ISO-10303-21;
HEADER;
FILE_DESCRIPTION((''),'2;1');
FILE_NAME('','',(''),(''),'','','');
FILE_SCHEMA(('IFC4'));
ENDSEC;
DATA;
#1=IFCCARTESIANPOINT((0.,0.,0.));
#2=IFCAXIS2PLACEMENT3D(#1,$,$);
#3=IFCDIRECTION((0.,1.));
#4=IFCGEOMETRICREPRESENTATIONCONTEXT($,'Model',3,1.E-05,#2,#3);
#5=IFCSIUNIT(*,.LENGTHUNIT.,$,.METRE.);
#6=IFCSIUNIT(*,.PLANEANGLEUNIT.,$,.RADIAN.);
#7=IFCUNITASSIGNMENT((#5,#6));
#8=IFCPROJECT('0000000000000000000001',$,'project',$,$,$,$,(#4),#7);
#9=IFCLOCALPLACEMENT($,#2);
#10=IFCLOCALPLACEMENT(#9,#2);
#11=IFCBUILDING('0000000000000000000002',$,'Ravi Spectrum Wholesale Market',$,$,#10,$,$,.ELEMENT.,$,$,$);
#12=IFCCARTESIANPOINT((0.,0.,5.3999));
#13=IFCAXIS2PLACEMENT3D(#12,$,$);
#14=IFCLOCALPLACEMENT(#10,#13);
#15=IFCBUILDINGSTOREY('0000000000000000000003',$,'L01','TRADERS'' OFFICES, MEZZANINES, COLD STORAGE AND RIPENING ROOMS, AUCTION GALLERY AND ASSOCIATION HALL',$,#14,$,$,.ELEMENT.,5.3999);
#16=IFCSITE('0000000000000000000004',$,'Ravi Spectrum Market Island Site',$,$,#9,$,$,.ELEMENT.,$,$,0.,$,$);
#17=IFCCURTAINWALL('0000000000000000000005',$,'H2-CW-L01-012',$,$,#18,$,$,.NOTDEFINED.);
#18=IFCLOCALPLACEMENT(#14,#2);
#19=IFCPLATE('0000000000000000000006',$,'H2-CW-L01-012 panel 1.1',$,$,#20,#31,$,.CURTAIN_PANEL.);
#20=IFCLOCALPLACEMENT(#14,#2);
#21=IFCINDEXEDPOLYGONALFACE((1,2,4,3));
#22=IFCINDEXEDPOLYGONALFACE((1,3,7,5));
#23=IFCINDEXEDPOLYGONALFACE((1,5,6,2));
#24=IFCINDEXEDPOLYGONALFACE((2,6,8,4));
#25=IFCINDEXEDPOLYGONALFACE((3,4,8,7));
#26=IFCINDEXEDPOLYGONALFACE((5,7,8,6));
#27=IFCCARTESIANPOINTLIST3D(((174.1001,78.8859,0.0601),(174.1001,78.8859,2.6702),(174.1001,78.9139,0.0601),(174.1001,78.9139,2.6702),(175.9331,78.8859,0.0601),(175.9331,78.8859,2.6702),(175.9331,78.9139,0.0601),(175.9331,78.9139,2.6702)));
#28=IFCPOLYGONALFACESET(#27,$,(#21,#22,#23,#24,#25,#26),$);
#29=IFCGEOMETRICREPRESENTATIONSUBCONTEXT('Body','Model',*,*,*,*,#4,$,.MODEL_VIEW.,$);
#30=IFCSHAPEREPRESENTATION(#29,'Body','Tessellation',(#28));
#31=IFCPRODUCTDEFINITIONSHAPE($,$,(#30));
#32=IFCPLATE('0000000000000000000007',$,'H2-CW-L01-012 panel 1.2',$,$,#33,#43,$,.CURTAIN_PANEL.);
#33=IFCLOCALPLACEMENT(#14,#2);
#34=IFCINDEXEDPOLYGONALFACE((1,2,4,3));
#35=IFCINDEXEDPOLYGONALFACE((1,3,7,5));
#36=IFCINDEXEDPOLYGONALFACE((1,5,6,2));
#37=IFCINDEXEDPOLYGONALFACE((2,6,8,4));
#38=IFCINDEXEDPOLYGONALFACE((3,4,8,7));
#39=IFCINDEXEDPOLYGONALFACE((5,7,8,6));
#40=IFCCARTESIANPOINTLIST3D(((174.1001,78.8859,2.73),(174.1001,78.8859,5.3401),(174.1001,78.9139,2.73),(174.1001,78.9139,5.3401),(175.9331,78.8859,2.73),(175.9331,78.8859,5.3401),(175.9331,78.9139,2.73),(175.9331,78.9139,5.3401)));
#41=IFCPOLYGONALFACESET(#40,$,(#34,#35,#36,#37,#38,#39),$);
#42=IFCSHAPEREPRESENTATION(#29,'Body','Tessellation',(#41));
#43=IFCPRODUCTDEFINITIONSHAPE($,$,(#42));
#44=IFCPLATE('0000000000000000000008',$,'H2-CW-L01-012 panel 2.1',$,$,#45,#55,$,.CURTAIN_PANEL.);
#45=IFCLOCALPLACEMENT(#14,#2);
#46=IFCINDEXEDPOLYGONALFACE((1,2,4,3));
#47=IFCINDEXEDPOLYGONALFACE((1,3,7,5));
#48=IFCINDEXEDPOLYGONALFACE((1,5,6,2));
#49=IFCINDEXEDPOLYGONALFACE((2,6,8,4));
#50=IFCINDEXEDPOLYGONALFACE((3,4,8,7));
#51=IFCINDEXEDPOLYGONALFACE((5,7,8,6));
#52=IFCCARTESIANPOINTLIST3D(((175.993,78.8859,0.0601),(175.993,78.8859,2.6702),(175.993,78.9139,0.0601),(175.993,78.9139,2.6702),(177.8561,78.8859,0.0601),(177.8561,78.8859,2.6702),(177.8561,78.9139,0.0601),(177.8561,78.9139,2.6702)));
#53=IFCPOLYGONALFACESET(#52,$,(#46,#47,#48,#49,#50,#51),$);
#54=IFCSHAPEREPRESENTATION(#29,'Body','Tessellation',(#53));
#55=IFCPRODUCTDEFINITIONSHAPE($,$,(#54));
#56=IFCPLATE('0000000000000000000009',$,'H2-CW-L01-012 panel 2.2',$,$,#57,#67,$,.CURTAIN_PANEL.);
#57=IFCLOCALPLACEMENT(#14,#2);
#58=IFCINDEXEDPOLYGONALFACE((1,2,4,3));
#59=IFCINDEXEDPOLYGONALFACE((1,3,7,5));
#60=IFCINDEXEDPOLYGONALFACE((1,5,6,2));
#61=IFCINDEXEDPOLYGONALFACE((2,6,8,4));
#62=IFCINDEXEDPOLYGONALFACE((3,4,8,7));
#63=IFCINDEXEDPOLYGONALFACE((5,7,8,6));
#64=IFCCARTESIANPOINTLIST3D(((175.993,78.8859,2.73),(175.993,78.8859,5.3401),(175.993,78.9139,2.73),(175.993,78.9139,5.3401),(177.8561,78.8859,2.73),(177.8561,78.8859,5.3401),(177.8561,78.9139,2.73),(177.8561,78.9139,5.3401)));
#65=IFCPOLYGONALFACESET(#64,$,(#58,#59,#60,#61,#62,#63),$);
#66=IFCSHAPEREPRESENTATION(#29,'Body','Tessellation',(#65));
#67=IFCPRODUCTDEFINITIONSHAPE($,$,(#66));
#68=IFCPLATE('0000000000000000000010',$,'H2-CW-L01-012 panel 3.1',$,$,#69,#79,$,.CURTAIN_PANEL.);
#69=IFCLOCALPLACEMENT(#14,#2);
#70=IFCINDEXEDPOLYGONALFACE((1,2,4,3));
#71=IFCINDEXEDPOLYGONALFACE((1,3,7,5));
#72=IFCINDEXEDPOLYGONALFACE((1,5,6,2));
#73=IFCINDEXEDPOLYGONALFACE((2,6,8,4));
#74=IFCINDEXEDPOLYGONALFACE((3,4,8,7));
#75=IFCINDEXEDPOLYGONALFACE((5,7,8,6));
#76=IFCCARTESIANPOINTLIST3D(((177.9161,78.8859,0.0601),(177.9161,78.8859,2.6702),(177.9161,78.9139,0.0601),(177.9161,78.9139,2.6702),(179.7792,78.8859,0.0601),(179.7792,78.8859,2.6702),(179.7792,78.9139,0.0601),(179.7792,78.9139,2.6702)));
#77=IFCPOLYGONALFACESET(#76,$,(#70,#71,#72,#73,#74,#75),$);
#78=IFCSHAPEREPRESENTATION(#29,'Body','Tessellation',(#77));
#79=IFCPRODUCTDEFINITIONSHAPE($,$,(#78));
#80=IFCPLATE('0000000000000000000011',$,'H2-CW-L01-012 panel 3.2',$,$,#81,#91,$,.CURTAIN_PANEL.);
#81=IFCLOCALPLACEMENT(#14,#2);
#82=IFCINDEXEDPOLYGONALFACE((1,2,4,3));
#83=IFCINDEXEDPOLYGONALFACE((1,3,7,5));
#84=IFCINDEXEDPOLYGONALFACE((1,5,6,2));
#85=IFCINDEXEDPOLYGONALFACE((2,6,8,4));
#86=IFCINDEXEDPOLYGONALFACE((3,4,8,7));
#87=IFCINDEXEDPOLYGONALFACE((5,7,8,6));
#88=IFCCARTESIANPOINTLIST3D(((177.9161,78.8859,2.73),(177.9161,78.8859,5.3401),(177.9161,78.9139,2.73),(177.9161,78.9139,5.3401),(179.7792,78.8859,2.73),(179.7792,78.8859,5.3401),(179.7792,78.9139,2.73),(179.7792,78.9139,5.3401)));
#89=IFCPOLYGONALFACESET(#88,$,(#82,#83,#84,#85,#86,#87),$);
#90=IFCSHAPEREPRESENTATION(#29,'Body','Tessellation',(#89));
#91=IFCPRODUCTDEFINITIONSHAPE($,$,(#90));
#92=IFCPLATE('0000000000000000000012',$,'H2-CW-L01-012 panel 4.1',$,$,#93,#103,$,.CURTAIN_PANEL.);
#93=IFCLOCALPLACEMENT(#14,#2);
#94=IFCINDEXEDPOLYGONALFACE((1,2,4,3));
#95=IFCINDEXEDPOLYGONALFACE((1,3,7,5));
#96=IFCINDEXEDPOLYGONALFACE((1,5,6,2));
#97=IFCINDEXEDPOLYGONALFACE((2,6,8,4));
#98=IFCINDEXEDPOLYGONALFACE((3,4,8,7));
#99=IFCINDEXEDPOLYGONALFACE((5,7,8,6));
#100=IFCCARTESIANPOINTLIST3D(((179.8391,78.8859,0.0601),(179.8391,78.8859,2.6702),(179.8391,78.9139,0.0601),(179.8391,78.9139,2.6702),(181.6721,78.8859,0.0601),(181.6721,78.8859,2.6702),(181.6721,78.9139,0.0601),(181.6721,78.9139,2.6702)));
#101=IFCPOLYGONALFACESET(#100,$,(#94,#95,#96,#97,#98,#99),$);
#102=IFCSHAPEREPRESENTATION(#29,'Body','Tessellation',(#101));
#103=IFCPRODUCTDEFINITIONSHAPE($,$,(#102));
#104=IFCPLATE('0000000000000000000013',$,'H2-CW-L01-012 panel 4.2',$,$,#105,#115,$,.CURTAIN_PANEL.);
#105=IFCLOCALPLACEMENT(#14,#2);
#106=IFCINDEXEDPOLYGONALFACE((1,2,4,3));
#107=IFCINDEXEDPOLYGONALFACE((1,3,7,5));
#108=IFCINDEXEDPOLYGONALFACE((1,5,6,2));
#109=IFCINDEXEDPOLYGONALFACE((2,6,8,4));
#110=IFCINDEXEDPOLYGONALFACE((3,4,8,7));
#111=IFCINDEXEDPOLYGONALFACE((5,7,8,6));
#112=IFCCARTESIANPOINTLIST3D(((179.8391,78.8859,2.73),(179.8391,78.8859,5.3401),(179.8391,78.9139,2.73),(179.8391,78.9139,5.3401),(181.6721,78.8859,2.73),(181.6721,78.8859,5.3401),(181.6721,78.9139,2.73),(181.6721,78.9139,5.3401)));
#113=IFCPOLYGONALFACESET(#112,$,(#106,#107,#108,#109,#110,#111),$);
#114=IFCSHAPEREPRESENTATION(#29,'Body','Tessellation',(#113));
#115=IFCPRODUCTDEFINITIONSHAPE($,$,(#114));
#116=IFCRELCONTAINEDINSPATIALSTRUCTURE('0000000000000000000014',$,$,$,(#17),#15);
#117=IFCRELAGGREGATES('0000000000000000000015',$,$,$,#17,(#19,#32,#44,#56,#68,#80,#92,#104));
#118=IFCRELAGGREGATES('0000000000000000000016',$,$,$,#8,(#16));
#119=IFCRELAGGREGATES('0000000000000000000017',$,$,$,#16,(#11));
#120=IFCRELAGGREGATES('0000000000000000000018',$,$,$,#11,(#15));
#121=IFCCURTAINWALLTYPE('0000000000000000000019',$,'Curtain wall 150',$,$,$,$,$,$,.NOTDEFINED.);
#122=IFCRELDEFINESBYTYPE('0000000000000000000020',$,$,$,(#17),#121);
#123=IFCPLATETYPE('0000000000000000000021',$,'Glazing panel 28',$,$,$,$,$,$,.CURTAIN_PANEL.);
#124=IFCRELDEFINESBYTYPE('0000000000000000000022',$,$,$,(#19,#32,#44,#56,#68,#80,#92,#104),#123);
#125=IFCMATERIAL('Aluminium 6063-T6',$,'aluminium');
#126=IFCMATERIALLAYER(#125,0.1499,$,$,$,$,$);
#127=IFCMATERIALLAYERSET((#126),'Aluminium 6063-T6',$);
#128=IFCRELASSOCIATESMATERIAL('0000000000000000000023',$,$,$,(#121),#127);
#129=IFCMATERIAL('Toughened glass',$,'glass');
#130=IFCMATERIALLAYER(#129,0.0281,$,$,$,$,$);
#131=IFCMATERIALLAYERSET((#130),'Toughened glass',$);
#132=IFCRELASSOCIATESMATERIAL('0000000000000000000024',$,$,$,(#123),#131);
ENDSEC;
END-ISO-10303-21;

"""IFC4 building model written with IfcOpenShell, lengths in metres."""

from ifc_helpers import new_model, si_unit, direction, frame, origin, origin_2d, place, context, subcontext, project, spatial, rectangle, extrude, material, layer, layer_set, type_object, element, aggregate, save


model = new_model("IFC4")

# Units and contexts
model_context = context("Model", 3, precision=1e-05, world=origin(), true_north=direction((0.0, 1.0)))
body_context = subcontext(model_context, "Body", "Model", "MODEL_VIEW")
ifc_project = project(units=[si_unit("LENGTHUNIT", "METRE"), si_unit("PLANEANGLEUNIT", "RADIAN")], contexts=[model_context])

# Site, building, storey
site_placement = place(None, origin())
site = spatial("IfcSite", under=ifc_project, at=site_placement, Name="Ravi Spectrum Market Island Site", CompositionType="ELEMENT", RefElevation=0.0)
building_placement = place(site_placement, origin())
building = spatial("IfcBuilding", under=site, at=building_placement, Name="Ravi Spectrum Wholesale Market", CompositionType="ELEMENT")
storey_placement = place(building_placement, frame((0.0, 0.0, 5.3999)))
storey = spatial("IfcBuildingStorey", under=building, at=storey_placement, Name="L01", Description="TRADERS' OFFICES, MEZZANINES, COLD STORAGE AND RIPENING ROOMS, AUCTION GALLERY AND ASSOCIATION HALL", CompositionType="ELEMENT", Elevation=5.3999)

# Curtain wall
ifc_material_1 = material(Name="Aluminium 6063-T6", Category="aluminium")
ifc_layer_1 = layer(ifc_material_1, 0.1499)
ifc_layer_set_1 = layer_set([ifc_layer_1], Name="Aluminium 6063-T6")
curtain_wall_type = type_object("IfcCurtainWallType", Name="Curtain wall 150", PredefinedType="NOTDEFINED", material=ifc_layer_set_1)
curtain_wall_1_placement = place(storey_placement, origin())
curtain_wall_1 = element("IfcCurtainWall", 1, at=curtain_wall_1_placement, inside=storey, type_object=curtain_wall_type, Name="H2-CW-L01-012", PredefinedType="NOTDEFINED")

# Plates
ifc_material_2 = material(Name="Toughened glass", Category="glass")
ifc_layer_2 = layer(ifc_material_2, 0.0281)
ifc_layer_set_2 = layer_set([ifc_layer_2], Name="Toughened glass")
plate_type = type_object("IfcPlateType", Name="Glazing panel 28", PredefinedType="CURTAIN_PANEL", material=ifc_layer_set_2)
plate_1_placement = place(storey_placement, frame((175.0166, 78.8999, 0.0601), z_axis=(0.0, 0.0, 1.0), x_axis=(1.0, 0.0, 0.0)))
plate_1 = element("IfcPlate", 2, at=plate_1_placement, type_object=plate_type, Name="H2-CW-L01-012 panel 1.1", PredefinedType="CURTAIN_PANEL", context=body_context, shape_type="SweptSolid", body=[
    extrude(rectangle(XDim=1.833, YDim=0.0281, at=origin_2d()), origin(), (0.0, 0.0, 1.0), 2.6101),
])
plate_2_placement = place(storey_placement, frame((175.0166, 78.8999, 2.73), z_axis=(0.0, 0.0, 1.0), x_axis=(1.0, 0.0, 0.0)))
plate_2 = element("IfcPlate", 3, at=plate_2_placement, type_object=plate_type, Name="H2-CW-L01-012 panel 1.2", PredefinedType="CURTAIN_PANEL", context=body_context, shape_type="SweptSolid", body=[
    extrude(rectangle(XDim=1.833, YDim=0.0281, at=origin_2d()), origin(), (0.0, 0.0, 1.0), 2.6101),
])
plate_3_placement = place(storey_placement, frame((176.9246, 78.8999, 0.0601), z_axis=(0.0, 0.0, 1.0), x_axis=(1.0, 0.0, 0.0)))
plate_3 = element("IfcPlate", 4, at=plate_3_placement, type_object=plate_type, Name="H2-CW-L01-012 panel 2.1", PredefinedType="CURTAIN_PANEL", context=body_context, shape_type="SweptSolid", body=[
    extrude(rectangle(XDim=1.863, YDim=0.0281, at=origin_2d()), origin(), (0.0, 0.0, 1.0), 2.6101),
])
plate_4_placement = place(storey_placement, frame((176.9246, 78.8999, 2.73), z_axis=(0.0, 0.0, 1.0), x_axis=(1.0, 0.0, 0.0)))
plate_4 = element("IfcPlate", 5, at=plate_4_placement, type_object=plate_type, Name="H2-CW-L01-012 panel 2.2", PredefinedType="CURTAIN_PANEL", context=body_context, shape_type="SweptSolid", body=[
    extrude(rectangle(XDim=1.863, YDim=0.0281, at=origin_2d()), origin(), (0.0, 0.0, 1.0), 2.6101),
])
plate_5_placement = place(storey_placement, frame((178.8477, 78.8999, 0.0601), z_axis=(0.0, 0.0, 1.0), x_axis=(1.0, 0.0, 0.0)))
plate_5 = element("IfcPlate", 6, at=plate_5_placement, type_object=plate_type, Name="H2-CW-L01-012 panel 3.1", PredefinedType="CURTAIN_PANEL", context=body_context, shape_type="SweptSolid", body=[
    extrude(rectangle(XDim=1.863, YDim=0.0281, at=origin_2d()), origin(), (0.0, 0.0, 1.0), 2.6101),
])
plate_6_placement = place(storey_placement, frame((178.8477, 78.8999, 2.73), z_axis=(0.0, 0.0, 1.0), x_axis=(1.0, 0.0, 0.0)))
plate_6 = element("IfcPlate", 7, at=plate_6_placement, type_object=plate_type, Name="H2-CW-L01-012 panel 3.2", PredefinedType="CURTAIN_PANEL", context=body_context, shape_type="SweptSolid", body=[
    extrude(rectangle(XDim=1.863, YDim=0.0281, at=origin_2d()), origin(), (0.0, 0.0, 1.0), 2.6101),
])
plate_7_placement = place(storey_placement, frame((180.7556, 78.8999, 0.0601), z_axis=(0.0, 0.0, 1.0), x_axis=(1.0, 0.0, 0.0)))
plate_7 = element("IfcPlate", 8, at=plate_7_placement, type_object=plate_type, Name="H2-CW-L01-012 panel 4.1", PredefinedType="CURTAIN_PANEL", context=body_context, shape_type="SweptSolid", body=[
    extrude(rectangle(XDim=1.833, YDim=0.0281, at=origin_2d()), origin(), (0.0, 0.0, 1.0), 2.6101),
])
plate_8_placement = place(storey_placement, frame((180.7556, 78.8999, 2.73), z_axis=(0.0, 0.0, 1.0), x_axis=(1.0, 0.0, 0.0)))
plate_8 = element("IfcPlate", 9, at=plate_8_placement, type_object=plate_type, Name="H2-CW-L01-012 panel 4.2", PredefinedType="CURTAIN_PANEL", context=body_context, shape_type="SweptSolid", body=[
    extrude(rectangle(XDim=1.833, YDim=0.0281, at=origin_2d()), origin(), (0.0, 0.0, 1.0), 2.6101),
])
aggregate(curtain_wall_1, [plate_1, plate_2, plate_3, plate_4, plate_5, plate_6, plate_7, plate_8])

save(model, "model.ifc")
